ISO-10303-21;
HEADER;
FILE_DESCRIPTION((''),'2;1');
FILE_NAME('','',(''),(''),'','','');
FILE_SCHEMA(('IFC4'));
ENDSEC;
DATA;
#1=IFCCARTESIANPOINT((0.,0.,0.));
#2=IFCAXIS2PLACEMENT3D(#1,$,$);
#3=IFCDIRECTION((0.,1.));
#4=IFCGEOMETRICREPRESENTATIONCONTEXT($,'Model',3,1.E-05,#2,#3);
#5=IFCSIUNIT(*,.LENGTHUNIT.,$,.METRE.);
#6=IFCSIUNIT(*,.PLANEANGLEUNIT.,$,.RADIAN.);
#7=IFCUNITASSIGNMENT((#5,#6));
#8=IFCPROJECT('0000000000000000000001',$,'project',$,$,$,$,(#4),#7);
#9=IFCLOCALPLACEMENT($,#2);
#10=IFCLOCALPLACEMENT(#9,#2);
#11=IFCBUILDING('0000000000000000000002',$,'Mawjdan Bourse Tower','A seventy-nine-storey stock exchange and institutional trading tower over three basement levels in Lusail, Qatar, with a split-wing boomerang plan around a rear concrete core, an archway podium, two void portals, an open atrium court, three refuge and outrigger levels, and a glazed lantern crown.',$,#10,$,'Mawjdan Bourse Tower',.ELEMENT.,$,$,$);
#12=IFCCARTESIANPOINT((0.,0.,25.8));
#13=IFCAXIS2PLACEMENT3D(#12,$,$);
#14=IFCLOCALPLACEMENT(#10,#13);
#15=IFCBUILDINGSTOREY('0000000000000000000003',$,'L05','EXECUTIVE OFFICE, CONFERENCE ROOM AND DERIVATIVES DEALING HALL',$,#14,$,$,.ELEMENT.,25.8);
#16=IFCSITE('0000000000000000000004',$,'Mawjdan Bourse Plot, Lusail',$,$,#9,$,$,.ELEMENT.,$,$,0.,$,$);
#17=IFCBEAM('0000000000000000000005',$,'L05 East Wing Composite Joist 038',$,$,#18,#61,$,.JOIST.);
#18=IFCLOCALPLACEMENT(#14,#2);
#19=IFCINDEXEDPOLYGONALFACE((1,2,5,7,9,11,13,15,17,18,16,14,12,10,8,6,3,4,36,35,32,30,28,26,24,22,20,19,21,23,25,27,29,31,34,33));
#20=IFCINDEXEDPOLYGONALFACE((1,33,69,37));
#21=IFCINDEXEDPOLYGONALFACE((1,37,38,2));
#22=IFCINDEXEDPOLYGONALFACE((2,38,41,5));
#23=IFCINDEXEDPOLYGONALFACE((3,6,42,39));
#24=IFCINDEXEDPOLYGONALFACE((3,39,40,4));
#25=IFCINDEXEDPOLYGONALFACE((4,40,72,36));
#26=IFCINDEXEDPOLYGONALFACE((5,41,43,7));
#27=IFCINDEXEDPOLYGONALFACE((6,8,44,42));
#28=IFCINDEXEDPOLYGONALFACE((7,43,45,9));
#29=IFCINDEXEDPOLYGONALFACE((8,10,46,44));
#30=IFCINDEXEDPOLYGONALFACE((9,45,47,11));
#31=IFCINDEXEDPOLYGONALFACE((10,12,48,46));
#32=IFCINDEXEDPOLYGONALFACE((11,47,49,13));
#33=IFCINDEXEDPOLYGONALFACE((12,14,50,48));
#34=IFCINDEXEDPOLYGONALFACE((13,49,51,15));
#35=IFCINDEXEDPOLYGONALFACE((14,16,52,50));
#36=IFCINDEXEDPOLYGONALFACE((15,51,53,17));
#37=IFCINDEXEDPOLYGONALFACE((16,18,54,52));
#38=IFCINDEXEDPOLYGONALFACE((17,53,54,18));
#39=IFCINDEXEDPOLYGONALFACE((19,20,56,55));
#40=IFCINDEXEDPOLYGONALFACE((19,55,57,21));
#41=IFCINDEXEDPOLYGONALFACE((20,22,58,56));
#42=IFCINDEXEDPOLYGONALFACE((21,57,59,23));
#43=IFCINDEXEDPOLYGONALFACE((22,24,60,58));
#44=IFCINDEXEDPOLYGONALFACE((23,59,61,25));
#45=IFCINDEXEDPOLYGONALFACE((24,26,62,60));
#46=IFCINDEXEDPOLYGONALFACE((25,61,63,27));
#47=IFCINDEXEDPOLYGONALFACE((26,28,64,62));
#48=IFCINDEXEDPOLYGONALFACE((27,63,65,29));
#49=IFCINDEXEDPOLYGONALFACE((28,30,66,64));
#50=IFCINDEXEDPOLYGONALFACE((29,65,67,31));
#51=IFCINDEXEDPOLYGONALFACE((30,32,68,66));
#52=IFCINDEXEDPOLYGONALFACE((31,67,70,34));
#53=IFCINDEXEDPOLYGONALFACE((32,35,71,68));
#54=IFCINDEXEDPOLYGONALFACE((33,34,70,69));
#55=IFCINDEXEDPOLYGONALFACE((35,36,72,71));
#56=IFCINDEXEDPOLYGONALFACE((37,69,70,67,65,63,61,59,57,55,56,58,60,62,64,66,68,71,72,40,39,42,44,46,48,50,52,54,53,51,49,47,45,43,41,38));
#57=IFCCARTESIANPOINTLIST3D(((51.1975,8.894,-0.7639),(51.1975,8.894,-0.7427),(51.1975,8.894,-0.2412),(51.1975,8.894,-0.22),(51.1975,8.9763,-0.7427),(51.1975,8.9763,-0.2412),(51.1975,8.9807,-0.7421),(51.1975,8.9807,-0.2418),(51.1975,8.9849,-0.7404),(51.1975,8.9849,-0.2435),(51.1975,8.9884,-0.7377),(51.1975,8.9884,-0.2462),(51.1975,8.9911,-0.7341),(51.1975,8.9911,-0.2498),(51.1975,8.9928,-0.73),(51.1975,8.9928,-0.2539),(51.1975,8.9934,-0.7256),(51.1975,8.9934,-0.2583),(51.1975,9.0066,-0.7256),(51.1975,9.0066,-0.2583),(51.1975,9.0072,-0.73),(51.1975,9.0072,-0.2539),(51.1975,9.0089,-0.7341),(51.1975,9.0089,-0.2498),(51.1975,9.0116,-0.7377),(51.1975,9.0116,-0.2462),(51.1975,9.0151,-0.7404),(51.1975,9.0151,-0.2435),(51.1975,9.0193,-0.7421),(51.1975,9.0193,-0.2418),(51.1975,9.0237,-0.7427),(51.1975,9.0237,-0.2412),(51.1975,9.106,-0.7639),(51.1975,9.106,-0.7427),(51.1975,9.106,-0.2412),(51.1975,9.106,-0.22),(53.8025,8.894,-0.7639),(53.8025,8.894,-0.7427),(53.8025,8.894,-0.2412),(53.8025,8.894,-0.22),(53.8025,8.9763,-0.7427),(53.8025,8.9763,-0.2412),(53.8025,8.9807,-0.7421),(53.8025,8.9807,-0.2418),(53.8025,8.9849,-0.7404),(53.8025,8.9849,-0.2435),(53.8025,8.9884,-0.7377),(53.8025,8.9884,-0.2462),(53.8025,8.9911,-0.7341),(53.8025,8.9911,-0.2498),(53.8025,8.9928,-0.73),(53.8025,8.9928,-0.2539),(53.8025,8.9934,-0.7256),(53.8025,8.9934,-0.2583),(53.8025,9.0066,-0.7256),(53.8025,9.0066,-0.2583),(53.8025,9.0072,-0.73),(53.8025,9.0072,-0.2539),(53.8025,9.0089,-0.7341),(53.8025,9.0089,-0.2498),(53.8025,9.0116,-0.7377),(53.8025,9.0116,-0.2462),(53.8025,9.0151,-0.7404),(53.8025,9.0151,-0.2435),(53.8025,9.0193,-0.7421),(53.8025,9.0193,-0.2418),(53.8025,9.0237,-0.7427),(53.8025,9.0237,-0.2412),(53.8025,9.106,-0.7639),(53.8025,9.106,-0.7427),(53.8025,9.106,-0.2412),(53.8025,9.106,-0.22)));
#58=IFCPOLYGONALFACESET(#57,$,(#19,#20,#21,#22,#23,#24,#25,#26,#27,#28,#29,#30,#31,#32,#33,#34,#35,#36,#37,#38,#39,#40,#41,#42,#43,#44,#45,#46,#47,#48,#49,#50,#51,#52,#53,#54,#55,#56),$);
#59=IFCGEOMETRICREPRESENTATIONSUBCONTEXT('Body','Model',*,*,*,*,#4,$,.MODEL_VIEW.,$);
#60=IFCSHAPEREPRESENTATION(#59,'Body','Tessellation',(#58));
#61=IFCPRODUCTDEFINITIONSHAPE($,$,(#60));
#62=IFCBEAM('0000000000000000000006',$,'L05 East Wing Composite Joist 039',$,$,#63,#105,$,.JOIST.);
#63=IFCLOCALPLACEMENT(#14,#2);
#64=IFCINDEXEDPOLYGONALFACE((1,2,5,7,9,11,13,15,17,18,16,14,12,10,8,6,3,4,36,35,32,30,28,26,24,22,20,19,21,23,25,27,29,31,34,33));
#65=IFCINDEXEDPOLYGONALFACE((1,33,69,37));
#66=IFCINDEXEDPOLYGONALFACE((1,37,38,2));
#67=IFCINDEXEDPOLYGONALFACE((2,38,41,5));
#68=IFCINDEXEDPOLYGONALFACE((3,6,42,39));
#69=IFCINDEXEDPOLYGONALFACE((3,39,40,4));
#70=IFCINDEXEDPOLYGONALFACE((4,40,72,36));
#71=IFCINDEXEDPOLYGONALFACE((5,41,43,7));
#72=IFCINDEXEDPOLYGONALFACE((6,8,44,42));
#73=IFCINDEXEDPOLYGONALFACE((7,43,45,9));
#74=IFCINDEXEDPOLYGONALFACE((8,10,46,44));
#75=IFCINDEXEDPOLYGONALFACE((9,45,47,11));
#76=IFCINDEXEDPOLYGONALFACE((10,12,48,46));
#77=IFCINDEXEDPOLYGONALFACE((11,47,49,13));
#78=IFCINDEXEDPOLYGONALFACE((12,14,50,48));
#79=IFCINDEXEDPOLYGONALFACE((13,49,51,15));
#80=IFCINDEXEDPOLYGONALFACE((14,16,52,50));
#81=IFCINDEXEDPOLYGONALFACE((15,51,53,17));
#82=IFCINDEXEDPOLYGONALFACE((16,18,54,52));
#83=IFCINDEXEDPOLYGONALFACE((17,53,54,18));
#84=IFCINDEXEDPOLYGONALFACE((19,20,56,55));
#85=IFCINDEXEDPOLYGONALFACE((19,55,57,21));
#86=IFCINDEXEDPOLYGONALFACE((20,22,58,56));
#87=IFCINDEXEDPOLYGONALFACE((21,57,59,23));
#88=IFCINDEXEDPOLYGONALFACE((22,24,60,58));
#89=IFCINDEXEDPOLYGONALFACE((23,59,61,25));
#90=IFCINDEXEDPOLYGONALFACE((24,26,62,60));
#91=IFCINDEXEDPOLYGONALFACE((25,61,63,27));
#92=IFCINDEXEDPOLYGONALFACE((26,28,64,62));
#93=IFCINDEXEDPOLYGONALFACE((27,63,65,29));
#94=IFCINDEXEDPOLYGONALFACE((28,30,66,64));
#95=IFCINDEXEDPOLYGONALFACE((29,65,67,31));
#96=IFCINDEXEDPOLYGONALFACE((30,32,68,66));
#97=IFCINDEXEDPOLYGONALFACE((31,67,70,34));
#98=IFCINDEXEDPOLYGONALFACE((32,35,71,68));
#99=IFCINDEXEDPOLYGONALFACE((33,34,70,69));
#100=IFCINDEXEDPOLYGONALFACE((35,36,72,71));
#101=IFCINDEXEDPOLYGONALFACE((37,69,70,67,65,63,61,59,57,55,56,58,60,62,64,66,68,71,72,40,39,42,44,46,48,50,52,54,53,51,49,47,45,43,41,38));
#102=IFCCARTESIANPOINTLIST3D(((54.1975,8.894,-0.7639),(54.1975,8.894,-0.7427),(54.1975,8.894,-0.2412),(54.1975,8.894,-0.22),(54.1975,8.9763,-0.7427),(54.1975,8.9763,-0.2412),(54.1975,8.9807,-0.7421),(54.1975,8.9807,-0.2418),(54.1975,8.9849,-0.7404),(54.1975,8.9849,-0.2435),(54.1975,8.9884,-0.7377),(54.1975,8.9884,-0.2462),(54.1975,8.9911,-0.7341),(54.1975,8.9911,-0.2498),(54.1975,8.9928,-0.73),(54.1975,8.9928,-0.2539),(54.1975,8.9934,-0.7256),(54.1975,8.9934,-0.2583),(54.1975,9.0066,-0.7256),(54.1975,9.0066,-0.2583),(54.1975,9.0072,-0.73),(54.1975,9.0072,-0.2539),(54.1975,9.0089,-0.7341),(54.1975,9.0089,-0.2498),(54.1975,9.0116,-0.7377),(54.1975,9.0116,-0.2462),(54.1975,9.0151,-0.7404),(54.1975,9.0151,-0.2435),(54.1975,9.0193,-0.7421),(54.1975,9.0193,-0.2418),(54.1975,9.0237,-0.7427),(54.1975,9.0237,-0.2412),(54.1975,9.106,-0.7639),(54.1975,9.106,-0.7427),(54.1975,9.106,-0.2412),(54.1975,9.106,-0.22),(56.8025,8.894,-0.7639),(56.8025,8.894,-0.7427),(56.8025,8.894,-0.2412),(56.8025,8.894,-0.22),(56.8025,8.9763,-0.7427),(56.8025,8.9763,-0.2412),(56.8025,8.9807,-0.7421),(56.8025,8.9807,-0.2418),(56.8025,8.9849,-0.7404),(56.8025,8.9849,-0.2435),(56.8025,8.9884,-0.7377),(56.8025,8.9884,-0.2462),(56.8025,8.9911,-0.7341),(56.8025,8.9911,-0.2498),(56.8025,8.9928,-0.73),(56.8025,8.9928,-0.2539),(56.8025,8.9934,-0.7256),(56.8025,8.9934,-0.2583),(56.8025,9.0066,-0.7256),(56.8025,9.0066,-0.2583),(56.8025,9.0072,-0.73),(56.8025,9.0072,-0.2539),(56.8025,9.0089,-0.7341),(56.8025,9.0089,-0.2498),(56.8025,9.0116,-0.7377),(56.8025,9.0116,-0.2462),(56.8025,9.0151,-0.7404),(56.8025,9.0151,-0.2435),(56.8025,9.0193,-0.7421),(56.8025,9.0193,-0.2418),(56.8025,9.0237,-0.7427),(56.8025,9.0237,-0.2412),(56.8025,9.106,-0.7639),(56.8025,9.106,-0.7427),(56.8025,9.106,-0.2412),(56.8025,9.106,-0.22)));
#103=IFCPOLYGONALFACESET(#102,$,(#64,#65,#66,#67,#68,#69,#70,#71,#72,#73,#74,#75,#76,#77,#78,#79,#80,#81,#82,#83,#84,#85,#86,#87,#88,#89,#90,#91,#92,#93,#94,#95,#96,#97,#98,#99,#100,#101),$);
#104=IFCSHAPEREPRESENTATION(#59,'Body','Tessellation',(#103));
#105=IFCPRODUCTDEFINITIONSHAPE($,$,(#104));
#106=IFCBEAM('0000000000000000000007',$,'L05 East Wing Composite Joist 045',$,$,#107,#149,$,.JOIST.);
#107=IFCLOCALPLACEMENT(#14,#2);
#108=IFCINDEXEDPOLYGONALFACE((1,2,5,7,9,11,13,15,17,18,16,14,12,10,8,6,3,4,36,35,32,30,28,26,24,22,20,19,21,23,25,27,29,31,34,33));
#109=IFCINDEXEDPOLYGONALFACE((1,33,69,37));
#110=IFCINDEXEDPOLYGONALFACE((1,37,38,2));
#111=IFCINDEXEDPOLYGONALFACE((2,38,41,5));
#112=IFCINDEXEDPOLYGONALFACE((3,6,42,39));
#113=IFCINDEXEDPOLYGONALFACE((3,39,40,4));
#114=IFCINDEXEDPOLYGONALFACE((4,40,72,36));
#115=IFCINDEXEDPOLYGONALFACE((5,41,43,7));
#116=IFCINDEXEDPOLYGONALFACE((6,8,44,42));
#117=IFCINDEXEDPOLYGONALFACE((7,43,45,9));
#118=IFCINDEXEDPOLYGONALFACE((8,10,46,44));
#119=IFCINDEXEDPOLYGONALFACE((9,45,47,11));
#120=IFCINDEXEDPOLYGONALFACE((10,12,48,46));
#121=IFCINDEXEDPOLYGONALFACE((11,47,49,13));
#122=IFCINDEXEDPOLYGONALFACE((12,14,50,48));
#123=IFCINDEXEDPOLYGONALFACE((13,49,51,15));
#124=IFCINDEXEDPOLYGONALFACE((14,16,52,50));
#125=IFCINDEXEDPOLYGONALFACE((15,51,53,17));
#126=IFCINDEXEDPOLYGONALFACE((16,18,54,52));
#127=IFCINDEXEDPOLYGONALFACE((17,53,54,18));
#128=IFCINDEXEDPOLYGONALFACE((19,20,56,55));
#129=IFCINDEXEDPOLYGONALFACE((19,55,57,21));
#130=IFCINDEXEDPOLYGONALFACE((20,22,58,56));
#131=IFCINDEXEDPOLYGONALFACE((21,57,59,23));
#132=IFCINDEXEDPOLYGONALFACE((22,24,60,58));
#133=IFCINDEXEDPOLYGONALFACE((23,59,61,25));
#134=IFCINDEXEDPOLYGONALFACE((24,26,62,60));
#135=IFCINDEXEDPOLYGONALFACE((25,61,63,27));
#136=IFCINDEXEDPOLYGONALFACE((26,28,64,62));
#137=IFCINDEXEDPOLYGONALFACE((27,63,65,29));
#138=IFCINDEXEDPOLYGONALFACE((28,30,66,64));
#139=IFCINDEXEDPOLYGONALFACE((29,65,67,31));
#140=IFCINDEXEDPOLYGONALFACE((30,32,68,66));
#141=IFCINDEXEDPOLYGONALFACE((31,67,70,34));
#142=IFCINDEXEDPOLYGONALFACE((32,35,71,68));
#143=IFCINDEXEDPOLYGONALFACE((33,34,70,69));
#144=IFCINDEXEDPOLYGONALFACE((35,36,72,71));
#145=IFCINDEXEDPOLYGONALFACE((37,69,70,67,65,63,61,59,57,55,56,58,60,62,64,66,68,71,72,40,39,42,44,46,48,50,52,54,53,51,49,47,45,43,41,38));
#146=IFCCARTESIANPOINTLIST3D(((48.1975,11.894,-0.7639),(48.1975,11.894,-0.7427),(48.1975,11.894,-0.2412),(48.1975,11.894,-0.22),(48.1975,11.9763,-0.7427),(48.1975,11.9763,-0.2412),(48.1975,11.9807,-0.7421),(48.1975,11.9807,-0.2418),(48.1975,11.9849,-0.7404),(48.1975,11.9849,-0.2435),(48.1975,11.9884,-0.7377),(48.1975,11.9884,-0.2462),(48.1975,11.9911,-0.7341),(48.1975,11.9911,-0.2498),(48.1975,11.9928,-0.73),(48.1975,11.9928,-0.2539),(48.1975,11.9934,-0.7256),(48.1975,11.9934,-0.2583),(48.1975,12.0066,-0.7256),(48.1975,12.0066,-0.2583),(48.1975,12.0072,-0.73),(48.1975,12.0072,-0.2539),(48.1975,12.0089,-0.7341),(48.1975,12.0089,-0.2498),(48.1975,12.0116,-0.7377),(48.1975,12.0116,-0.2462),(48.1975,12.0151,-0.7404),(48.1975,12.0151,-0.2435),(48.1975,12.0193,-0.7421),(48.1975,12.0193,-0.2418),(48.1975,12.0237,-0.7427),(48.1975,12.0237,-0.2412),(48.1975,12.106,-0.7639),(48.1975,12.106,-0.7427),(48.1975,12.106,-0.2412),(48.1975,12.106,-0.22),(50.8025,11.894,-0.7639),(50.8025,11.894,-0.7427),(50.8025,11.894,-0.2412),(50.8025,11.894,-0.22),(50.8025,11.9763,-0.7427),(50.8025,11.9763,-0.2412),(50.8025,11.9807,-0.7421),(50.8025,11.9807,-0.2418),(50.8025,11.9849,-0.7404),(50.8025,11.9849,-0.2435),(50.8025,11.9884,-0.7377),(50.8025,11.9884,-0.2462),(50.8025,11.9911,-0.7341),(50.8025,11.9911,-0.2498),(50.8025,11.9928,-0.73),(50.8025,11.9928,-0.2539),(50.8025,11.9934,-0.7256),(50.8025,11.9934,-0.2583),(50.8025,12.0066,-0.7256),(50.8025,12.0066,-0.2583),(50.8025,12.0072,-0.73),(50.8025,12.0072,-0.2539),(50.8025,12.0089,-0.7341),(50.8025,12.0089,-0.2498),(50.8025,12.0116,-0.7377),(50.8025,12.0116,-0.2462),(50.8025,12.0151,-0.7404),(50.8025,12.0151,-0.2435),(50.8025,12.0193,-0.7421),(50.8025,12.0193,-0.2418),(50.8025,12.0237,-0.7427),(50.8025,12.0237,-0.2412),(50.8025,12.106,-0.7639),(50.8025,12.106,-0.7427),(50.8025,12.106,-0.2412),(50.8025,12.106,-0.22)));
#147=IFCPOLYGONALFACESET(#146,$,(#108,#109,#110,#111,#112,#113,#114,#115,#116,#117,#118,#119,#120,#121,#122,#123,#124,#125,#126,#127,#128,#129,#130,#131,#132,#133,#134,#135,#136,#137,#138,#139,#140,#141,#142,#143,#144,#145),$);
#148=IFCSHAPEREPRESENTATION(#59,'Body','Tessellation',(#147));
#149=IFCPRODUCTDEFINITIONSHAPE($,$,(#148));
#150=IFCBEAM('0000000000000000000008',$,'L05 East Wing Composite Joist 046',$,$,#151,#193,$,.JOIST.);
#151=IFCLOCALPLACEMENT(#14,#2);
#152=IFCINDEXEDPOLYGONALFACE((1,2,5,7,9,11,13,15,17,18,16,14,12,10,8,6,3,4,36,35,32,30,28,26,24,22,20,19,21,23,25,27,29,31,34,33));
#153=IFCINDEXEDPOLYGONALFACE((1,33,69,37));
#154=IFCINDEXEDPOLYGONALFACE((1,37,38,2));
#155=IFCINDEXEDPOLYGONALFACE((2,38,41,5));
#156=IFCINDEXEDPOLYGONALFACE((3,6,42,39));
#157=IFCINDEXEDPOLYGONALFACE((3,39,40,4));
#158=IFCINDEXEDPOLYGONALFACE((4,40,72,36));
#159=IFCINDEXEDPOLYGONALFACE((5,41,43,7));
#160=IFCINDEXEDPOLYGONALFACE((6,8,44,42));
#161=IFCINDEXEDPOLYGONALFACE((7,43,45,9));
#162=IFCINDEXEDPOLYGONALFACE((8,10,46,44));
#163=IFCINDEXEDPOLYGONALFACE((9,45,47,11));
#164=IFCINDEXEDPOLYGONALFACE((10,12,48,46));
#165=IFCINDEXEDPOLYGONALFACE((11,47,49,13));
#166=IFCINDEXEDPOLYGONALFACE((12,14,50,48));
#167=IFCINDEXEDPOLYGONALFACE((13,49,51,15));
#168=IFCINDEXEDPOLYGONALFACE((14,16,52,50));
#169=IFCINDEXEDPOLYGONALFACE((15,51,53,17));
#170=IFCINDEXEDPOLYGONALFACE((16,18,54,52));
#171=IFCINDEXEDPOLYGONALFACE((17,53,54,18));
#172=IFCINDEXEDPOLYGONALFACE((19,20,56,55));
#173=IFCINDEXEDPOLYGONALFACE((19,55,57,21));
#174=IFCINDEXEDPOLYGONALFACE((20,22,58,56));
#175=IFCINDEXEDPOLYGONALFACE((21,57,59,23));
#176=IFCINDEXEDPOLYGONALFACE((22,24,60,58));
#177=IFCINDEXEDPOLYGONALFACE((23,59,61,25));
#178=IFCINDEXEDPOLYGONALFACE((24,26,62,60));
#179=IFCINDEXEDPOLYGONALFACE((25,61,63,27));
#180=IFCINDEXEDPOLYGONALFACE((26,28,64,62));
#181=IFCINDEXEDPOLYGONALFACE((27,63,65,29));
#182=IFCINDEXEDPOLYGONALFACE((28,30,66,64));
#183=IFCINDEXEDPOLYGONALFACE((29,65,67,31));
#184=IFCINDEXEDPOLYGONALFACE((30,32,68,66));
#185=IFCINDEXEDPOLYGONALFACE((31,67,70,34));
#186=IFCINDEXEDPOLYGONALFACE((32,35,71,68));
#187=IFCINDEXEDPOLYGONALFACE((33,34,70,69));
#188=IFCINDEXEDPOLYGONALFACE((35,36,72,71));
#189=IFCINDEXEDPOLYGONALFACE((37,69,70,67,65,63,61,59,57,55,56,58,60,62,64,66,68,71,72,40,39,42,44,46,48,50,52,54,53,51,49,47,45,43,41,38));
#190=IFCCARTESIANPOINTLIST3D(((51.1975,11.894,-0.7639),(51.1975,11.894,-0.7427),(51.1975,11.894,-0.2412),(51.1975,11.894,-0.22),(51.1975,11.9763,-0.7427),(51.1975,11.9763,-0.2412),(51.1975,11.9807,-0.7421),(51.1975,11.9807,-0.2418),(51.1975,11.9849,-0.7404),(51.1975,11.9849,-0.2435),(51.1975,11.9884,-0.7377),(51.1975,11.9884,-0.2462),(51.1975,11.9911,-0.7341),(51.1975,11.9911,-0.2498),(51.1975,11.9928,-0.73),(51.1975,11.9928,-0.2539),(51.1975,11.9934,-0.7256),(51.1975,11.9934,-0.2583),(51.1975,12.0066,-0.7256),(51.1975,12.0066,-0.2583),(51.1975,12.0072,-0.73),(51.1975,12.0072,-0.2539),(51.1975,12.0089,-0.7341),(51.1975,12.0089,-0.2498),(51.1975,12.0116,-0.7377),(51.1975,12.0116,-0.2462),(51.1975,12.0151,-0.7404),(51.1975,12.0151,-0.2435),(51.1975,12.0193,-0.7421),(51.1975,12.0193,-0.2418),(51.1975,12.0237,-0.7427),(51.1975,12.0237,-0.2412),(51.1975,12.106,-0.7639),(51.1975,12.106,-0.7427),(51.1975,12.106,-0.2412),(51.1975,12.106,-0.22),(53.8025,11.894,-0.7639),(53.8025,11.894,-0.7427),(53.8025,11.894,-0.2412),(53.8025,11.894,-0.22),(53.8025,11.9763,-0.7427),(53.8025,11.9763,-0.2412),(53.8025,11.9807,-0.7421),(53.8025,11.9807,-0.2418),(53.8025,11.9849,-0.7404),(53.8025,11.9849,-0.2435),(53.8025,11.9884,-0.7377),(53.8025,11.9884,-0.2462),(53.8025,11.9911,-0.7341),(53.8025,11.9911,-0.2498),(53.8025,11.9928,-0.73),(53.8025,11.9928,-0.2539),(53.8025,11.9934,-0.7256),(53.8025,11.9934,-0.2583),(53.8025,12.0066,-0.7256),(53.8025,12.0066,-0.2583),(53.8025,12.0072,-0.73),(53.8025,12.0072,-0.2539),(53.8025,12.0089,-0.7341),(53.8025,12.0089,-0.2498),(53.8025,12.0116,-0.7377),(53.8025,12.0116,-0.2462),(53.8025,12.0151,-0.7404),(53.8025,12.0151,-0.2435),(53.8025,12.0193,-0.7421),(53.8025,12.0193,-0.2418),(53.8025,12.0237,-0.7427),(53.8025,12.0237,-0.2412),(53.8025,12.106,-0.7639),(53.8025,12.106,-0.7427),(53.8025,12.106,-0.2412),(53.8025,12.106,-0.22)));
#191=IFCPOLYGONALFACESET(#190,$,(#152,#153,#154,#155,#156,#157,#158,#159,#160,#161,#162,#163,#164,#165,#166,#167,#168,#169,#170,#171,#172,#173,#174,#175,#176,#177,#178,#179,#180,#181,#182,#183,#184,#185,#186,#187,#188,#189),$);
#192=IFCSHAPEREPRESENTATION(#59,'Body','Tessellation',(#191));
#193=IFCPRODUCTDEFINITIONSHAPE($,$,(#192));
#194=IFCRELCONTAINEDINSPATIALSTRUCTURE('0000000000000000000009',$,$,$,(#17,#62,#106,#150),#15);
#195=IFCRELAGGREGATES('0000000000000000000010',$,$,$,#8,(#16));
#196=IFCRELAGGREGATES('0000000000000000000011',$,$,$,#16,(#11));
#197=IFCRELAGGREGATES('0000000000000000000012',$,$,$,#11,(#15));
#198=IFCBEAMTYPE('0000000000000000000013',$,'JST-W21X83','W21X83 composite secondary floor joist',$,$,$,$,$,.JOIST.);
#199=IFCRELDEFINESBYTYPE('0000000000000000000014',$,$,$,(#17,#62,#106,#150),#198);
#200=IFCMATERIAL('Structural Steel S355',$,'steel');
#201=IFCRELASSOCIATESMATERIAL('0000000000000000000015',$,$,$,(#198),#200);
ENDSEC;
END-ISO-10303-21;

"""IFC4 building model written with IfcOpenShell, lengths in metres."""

from ifc_helpers import new_model, si_unit, direction, frame, origin, origin_2d, place, context, subcontext, project, spatial, i_section, extrude, material, material_profile, profile_set, type_object, element, save


model = new_model("IFC4")

# Units and contexts
model_context = context("Model", 3, precision=1e-05, world=origin(), true_north=direction((0.0, 1.0)))
body_context = subcontext(model_context, "Body", "Model", "MODEL_VIEW")
ifc_project = project(units=[si_unit("LENGTHUNIT", "METRE"), si_unit("PLANEANGLEUNIT", "RADIAN")], contexts=[model_context])

# Site, building, storey
site_placement = place(None, origin())
site = spatial("IfcSite", under=ifc_project, at=site_placement, Name="Mawjdan Bourse Plot, Lusail", CompositionType="ELEMENT", RefElevation=0.0)
building_placement = place(site_placement, origin())
building = spatial("IfcBuilding", under=site, at=building_placement, Name="Mawjdan Bourse Tower", Description="A seventy-nine-storey stock exchange and institutional trading tower over three basement levels in Lusail, Qatar, with a split-wing boomerang plan around a rear concrete core, an archway podium, two void portals, an open atrium court, three refuge and outrigger levels, and a glazed lantern crown.", LongName="Mawjdan Bourse Tower", CompositionType="ELEMENT")
storey_placement = place(building_placement, frame((0.0, 0.0, 25.8)))
storey = spatial("IfcBuildingStorey", under=building, at=storey_placement, Name="L05", Description="EXECUTIVE OFFICE, CONFERENCE ROOM AND DERIVATIVES DEALING HALL", CompositionType="ELEMENT", Elevation=25.8)

# Beams
ifc_material_1 = material(Name="Structural Steel S355", Category="steel")
ifc_material_profile_1 = material_profile(ifc_material_1, i_section(OverallWidth=0.2119, OverallDepth=0.5439, WebThickness=0.0132, FlangeThickness=0.0212, FilletRadius=0.0171, at=origin_2d()), Name="W21X83")
ifc_profile_set_1 = profile_set([ifc_material_profile_1], Name="Structural Steel S355")
beam_type_1 = type_object("IfcBeamType", Name="JST-W21X83", Description="W21X83 composite secondary floor joist", PredefinedType="JOIST", material=ifc_profile_set_1)
for number, where, z_axis, x_axis, name in (
    (1, (51.1975, 9.0, -0.4919), (1.0, 0.0, 0.0), (0.0, 1.0, 0.0), "L05 East Wing Composite Joist 038"),
    (2, (54.1975, 9.0, -0.4919), (1.0, 0.0, 0.0), (0.0, 1.0, 0.0), "L05 East Wing Composite Joist 039"),
    (3, (48.1975, 12.0, -0.4919), (1.0, 0.0, 0.0), (0.0, 1.0, 0.0), "L05 East Wing Composite Joist 045"),
    (4, (51.1975, 12.0, -0.4919), (1.0, 0.0, 0.0), (0.0, 1.0, 0.0), "L05 East Wing Composite Joist 046"),
):
    element("IfcBeam", number, at=place(storey_placement, frame(where, z_axis=z_axis, x_axis=x_axis)), inside=storey, type_object=beam_type_1, Name=name, PredefinedType="JOIST", context=body_context, shape_type="SweptSolid", body=[
        extrude(i_section(OverallWidth=0.2119, OverallDepth=0.5439, WebThickness=0.0132, FlangeThickness=0.0212, FilletRadius=0.0171, at=origin_2d()), origin(), (0.0, 0.0, 1.0), 2.605),
    ])

save(model, "model.ifc")
